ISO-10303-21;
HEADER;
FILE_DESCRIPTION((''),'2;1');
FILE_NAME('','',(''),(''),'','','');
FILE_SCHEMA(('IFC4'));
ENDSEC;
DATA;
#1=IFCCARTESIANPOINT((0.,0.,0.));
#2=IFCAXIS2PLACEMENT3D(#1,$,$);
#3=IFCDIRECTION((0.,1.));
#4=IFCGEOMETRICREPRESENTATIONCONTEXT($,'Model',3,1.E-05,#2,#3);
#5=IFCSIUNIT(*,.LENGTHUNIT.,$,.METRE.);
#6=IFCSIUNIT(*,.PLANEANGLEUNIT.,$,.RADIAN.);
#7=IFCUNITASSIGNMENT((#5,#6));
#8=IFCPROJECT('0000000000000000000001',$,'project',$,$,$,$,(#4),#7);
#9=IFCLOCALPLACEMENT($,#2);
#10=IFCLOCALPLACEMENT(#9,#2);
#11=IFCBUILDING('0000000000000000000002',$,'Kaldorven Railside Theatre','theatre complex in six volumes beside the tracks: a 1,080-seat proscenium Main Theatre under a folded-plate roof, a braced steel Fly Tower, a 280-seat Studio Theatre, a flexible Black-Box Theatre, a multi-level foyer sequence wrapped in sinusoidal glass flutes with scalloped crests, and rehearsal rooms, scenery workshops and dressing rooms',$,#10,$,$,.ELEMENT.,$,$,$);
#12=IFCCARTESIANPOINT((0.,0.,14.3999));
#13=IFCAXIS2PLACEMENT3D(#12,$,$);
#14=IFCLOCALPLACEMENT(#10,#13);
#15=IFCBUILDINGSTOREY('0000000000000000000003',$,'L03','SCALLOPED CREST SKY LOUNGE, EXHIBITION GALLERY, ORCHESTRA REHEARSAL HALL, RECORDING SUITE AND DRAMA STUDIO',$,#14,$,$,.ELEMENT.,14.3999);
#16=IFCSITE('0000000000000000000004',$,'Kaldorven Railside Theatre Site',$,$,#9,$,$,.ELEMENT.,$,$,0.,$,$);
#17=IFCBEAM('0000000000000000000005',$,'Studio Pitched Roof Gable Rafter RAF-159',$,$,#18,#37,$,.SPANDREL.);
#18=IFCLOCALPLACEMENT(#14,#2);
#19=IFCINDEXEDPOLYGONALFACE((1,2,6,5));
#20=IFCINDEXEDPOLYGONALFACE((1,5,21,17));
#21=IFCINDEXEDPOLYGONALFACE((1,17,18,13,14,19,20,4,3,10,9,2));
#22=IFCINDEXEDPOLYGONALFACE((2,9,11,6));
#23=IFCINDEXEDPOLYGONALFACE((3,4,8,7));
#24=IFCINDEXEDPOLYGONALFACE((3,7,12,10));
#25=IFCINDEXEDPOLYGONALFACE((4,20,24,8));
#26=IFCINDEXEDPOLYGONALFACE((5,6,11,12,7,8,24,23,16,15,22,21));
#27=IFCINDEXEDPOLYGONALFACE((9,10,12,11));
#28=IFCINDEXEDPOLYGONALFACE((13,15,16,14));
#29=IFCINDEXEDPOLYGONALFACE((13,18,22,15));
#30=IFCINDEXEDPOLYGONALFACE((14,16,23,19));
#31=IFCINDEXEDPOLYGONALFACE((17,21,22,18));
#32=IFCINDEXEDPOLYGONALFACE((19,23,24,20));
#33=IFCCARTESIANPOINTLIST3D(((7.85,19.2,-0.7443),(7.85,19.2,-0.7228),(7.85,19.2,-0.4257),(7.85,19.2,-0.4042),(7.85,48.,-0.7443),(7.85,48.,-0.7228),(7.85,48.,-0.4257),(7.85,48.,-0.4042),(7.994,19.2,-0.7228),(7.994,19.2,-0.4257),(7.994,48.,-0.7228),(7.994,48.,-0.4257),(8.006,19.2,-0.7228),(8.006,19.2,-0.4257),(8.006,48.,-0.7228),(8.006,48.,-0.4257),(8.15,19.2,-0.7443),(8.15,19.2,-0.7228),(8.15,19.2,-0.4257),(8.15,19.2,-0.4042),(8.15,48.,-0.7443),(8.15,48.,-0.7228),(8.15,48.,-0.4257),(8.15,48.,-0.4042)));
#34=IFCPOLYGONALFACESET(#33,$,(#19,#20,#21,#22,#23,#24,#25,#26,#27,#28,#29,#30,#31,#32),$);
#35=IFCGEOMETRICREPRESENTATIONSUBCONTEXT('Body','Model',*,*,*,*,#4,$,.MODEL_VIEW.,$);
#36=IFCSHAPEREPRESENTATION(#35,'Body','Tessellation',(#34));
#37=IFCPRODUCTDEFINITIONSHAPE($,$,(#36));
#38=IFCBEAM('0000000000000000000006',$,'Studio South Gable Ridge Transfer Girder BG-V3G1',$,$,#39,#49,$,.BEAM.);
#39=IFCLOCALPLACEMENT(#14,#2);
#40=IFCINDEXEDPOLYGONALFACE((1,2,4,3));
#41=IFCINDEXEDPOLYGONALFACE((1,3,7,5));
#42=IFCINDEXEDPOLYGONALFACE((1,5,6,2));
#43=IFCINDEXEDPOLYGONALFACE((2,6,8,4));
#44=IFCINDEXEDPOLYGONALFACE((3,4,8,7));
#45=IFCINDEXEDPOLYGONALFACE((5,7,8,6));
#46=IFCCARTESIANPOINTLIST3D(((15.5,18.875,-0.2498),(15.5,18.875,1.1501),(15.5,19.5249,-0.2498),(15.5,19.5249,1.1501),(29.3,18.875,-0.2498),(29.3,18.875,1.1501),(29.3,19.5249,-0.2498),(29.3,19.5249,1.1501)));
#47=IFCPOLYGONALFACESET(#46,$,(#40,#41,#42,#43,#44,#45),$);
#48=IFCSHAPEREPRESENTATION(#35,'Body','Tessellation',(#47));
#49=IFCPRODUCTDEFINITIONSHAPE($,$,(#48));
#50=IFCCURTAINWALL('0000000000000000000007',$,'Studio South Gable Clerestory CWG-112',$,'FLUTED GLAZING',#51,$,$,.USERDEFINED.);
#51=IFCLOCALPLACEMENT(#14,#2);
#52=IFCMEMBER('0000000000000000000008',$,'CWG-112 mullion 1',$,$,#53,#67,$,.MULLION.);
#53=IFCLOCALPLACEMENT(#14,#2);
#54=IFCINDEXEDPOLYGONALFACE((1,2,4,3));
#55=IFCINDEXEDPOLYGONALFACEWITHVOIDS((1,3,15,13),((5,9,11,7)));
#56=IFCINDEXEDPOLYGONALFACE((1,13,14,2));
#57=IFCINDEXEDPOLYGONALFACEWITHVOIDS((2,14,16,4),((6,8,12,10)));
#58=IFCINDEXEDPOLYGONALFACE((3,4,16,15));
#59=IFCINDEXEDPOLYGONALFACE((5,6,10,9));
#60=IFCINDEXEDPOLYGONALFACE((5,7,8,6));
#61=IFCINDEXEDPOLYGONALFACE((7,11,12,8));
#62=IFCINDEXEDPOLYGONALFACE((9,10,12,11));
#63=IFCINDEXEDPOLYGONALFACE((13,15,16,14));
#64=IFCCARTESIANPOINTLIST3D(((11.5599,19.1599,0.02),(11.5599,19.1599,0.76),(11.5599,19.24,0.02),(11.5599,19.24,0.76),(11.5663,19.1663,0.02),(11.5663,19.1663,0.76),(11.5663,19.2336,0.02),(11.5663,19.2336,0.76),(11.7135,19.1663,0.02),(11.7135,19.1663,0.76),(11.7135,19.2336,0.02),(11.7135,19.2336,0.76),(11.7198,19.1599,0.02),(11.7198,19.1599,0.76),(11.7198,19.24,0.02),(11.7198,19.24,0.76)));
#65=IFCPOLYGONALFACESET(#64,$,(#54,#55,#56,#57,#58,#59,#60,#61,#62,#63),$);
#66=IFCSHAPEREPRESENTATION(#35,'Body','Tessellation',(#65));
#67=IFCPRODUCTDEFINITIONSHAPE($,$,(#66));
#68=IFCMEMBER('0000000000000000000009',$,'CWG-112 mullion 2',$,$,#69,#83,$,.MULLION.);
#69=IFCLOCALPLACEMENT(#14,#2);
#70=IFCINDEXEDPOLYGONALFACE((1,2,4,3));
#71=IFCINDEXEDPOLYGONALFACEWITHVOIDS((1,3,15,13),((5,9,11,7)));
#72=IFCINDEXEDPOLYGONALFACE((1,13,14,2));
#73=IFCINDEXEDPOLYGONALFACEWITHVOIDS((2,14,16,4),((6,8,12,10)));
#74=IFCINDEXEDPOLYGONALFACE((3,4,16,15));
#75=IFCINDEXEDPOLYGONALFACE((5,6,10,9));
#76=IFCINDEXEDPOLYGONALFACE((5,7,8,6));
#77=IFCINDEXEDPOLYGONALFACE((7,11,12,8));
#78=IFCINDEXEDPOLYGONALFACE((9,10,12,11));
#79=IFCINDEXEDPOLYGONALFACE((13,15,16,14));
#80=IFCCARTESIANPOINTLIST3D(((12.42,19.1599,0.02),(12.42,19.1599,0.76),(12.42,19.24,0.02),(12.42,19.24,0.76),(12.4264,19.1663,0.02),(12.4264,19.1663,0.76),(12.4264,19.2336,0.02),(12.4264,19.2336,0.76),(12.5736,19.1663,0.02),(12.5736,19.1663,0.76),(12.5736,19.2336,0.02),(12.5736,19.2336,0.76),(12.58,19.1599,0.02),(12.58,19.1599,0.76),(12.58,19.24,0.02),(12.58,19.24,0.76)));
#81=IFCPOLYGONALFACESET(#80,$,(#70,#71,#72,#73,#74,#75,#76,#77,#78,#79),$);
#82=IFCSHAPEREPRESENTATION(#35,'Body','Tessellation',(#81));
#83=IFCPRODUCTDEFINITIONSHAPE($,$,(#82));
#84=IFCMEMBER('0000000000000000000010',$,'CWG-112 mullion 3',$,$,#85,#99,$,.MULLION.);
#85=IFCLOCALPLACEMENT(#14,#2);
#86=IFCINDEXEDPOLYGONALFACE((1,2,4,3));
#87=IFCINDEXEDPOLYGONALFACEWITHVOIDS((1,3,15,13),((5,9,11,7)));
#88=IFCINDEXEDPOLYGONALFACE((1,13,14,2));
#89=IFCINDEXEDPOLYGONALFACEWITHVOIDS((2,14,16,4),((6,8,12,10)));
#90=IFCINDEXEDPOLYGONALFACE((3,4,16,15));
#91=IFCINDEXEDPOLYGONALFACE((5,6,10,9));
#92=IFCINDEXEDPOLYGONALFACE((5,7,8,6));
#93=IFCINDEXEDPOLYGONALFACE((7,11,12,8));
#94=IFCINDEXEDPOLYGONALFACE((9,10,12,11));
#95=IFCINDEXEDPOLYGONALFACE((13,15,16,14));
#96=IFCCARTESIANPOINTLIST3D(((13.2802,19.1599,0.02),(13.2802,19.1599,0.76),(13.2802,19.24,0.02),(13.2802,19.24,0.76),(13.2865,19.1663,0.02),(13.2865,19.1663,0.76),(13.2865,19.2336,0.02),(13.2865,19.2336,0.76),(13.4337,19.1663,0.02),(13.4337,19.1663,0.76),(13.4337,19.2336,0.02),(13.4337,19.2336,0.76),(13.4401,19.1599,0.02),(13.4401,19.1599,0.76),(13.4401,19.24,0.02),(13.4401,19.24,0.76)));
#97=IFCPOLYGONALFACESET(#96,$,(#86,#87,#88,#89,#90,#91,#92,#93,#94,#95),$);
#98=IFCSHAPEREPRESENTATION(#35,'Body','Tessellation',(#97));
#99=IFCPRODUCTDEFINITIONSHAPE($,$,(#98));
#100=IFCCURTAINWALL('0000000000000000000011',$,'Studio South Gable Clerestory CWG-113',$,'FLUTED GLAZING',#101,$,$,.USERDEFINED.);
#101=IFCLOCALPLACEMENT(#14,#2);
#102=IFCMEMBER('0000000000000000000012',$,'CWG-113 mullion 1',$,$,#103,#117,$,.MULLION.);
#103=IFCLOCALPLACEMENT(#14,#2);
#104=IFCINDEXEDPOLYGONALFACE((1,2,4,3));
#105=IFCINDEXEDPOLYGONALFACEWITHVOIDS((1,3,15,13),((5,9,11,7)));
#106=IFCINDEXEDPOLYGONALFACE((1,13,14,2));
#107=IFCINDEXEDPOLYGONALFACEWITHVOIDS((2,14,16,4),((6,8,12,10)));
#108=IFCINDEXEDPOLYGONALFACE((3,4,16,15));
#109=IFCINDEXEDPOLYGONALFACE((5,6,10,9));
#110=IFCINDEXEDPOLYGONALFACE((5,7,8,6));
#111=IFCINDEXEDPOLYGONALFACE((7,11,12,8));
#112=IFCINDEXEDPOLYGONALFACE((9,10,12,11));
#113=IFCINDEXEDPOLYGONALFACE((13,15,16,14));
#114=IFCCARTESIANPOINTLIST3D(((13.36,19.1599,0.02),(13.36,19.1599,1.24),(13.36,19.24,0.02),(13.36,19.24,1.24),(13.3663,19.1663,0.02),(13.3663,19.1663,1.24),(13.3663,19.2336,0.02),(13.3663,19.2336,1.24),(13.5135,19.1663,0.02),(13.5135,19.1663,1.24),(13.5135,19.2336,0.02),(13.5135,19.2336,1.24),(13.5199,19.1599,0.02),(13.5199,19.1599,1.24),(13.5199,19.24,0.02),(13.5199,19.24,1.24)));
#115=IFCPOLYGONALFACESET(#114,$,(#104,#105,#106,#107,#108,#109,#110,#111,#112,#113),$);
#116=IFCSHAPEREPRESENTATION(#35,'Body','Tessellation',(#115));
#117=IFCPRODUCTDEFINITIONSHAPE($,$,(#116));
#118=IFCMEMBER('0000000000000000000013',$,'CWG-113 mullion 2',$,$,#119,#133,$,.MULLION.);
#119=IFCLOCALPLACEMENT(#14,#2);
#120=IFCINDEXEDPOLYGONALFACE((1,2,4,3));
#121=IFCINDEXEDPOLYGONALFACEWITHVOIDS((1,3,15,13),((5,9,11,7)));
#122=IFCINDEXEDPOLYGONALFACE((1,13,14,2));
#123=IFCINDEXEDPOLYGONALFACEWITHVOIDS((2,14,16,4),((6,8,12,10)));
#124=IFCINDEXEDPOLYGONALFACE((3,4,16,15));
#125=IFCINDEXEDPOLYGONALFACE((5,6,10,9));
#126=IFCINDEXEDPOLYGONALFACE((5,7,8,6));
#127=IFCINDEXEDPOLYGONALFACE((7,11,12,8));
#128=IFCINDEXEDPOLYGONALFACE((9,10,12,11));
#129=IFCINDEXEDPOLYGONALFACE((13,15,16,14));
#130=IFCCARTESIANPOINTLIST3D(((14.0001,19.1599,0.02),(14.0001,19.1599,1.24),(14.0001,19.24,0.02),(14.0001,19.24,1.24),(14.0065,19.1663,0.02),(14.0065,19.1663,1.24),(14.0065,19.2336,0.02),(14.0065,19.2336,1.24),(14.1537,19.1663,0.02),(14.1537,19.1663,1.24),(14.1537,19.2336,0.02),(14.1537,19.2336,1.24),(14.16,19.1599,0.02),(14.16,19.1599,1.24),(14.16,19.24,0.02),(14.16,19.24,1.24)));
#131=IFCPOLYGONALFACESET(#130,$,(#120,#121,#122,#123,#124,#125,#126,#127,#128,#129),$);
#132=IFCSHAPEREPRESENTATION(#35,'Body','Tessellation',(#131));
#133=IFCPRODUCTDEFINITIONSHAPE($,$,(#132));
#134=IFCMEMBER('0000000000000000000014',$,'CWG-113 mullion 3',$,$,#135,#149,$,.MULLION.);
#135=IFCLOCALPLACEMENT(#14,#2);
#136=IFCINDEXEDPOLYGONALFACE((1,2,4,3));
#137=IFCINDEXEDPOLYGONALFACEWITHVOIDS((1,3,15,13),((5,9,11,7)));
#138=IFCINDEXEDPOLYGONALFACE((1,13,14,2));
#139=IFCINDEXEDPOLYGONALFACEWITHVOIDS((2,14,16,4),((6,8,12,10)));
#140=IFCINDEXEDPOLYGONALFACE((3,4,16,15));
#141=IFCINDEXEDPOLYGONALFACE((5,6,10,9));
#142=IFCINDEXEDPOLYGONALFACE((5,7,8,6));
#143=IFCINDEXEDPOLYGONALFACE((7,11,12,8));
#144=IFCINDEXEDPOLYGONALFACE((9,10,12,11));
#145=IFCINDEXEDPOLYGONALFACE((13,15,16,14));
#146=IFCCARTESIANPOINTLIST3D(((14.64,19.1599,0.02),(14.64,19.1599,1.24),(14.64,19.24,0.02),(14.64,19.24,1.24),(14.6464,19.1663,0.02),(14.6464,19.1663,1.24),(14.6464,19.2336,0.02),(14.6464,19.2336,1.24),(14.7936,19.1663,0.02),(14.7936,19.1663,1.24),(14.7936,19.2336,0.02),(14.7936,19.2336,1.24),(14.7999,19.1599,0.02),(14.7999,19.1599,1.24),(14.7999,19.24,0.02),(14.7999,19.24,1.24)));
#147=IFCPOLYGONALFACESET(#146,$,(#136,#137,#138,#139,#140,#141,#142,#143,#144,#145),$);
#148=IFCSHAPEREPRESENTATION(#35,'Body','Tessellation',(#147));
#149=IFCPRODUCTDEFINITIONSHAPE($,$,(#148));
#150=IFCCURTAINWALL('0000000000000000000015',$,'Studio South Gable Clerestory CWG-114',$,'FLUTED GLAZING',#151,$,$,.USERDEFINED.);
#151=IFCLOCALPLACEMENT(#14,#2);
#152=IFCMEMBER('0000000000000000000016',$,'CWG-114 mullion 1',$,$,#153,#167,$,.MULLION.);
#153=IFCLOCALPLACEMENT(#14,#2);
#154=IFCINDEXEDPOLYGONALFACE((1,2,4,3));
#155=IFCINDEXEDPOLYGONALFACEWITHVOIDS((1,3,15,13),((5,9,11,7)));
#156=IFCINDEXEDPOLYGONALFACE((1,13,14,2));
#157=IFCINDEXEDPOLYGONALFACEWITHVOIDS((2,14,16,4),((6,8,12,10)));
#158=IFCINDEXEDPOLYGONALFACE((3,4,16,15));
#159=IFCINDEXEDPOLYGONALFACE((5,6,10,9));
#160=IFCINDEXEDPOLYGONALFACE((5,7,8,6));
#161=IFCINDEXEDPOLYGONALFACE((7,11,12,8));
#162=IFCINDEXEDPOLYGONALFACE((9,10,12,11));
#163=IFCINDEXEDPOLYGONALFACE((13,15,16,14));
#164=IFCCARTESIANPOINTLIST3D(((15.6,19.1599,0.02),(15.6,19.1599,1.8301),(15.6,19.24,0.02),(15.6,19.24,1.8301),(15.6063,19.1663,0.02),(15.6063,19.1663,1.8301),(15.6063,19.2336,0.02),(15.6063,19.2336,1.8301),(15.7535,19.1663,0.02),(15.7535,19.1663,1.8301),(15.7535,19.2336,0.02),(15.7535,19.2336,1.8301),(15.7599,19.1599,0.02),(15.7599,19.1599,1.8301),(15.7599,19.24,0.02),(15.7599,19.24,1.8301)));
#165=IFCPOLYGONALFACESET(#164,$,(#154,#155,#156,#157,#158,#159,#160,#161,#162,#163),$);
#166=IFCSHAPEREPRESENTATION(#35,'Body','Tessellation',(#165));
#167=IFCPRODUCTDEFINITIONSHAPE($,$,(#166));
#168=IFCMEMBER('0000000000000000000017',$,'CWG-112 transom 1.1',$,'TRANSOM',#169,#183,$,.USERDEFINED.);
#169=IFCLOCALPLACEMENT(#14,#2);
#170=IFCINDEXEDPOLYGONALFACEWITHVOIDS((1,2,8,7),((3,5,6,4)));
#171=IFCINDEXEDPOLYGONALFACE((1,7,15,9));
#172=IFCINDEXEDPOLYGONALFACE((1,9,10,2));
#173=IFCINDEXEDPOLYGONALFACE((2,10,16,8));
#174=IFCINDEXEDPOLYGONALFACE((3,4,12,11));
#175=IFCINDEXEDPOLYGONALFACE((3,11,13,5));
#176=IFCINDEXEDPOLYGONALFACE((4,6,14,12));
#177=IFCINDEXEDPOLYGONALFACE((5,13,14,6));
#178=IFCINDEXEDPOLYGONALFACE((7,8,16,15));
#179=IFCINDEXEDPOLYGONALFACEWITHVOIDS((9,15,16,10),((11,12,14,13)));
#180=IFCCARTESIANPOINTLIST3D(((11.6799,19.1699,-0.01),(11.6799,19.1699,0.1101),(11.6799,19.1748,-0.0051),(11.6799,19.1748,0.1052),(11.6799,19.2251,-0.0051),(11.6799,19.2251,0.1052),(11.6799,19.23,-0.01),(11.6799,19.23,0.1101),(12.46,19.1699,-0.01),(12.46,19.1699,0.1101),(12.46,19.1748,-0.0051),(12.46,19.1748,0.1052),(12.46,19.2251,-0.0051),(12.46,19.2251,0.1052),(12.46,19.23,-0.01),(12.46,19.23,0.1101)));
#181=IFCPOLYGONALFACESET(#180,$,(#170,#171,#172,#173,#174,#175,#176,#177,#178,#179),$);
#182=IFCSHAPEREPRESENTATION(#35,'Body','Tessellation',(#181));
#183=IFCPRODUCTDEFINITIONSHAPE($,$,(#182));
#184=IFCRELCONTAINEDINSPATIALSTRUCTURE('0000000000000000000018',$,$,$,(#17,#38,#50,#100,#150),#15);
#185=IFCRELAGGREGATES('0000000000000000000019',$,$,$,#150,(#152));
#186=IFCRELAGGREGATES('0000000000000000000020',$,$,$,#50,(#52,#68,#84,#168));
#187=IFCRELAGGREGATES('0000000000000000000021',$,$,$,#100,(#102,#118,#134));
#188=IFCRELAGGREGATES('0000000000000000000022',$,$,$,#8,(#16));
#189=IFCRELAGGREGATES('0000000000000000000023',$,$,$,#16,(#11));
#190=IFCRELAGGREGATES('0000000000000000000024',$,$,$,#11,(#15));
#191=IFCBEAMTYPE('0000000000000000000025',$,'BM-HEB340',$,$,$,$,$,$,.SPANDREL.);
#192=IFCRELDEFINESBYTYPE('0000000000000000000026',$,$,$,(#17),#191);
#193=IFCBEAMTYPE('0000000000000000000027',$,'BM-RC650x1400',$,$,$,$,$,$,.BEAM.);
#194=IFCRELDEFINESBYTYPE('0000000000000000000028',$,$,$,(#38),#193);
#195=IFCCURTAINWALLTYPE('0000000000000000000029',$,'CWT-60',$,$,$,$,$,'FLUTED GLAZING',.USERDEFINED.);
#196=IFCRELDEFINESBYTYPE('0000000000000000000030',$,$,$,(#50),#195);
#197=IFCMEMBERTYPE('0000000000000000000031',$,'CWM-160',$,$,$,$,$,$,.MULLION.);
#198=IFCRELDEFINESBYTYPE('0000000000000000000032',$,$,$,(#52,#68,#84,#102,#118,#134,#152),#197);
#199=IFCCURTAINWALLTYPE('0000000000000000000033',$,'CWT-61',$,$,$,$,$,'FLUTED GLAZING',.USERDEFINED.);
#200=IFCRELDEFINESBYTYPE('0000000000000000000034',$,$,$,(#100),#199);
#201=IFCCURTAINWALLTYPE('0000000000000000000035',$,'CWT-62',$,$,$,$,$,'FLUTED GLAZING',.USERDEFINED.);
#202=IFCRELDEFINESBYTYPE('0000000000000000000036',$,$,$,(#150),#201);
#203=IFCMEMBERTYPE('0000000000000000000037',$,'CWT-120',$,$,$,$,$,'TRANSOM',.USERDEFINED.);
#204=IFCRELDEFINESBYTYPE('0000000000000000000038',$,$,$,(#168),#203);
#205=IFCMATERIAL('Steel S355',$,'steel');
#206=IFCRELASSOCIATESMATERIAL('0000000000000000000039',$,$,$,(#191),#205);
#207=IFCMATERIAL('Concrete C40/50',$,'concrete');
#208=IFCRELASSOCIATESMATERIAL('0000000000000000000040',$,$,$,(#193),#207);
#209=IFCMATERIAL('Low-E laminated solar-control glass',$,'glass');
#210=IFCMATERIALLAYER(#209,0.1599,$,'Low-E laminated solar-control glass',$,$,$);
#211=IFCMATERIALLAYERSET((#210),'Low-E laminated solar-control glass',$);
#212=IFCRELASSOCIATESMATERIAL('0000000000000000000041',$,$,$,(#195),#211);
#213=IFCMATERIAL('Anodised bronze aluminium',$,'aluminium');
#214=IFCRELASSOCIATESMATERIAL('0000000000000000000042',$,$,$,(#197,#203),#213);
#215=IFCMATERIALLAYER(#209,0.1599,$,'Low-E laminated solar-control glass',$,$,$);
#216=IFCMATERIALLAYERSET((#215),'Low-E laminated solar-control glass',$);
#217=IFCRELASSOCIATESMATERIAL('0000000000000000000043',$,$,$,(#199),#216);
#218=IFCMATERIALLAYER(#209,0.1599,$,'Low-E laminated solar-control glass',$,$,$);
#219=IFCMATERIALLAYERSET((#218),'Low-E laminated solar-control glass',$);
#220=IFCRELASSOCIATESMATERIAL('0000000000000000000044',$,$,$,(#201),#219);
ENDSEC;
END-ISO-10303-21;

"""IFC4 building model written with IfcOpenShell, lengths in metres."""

from ifc_helpers import new_model, si_unit, direction, frame, origin, origin_2d, place, context, subcontext, project, spatial, rectangle, hollow_rectangle, i_section, extrude, material, layer, layer_set, material_profile, profile_set, type_object, element, aggregate, save


model = new_model("IFC4")

# Units and contexts
model_context = context("Model", 3, precision=1e-05, world=origin(), true_north=direction((0.0, 1.0)))
body_context = subcontext(model_context, "Body", "Model", "MODEL_VIEW")
ifc_project = project(units=[si_unit("LENGTHUNIT", "METRE"), si_unit("PLANEANGLEUNIT", "RADIAN")], contexts=[model_context])

# Site, building, storey
site_placement = place(None, origin())
site = spatial("IfcSite", under=ifc_project, at=site_placement, Name="Kaldorven Railside Theatre Site", CompositionType="ELEMENT", RefElevation=0.0)
building_placement = place(site_placement, origin())
building = spatial("IfcBuilding", under=site, at=building_placement, Name="Kaldorven Railside Theatre", Description="theatre complex in six volumes beside the tracks: a 1,080-seat proscenium Main Theatre under a folded-plate roof, a braced steel Fly Tower, a 280-seat Studio Theatre, a flexible Black-Box Theatre, a multi-level foyer sequence wrapped in sinusoidal glass flutes with scalloped crests, and rehearsal rooms, scenery workshops and dressing rooms", CompositionType="ELEMENT")
storey_placement = place(building_placement, frame((0.0, 0.0, 14.3999)))
storey = spatial("IfcBuildingStorey", under=building, at=storey_placement, Name="L03", Description="SCALLOPED CREST SKY LOUNGE, EXHIBITION GALLERY, ORCHESTRA REHEARSAL HALL, RECORDING SUITE AND DRAMA STUDIO", CompositionType="ELEMENT", Elevation=14.3999)

# Beams
ifc_material_1 = material(Name="Steel S355", Category="steel")
ifc_material_profile_1 = material_profile(ifc_material_1, i_section(OverallWidth=0.3, OverallDepth=0.3401, WebThickness=0.012, FlangeThickness=0.0215, at=origin_2d()), Name="HEB 340")
ifc_profile_set_1 = profile_set([ifc_material_profile_1], Name="Steel S355")
beam_type_1 = type_object("IfcBeamType", Name="BM-HEB340", PredefinedType="SPANDREL", material=ifc_profile_set_1)
beam_1_placement = place(storey_placement, frame((8.0, 19.2, -0.5742), z_axis=(0.0, 1.0, 0.0), x_axis=(-1.0, 0.0, 0.0)))
element("IfcBeam", 1, at=beam_1_placement, inside=storey, type_object=beam_type_1, Name="Studio Pitched Roof Gable Rafter RAF-159", PredefinedType="SPANDREL", context=body_context, shape_type="SweptSolid", body=[
    extrude(i_section(OverallWidth=0.3, OverallDepth=0.3401, WebThickness=0.012, FlangeThickness=0.0215, at=origin_2d()), origin(), (0.0, 0.0, 1.0), 28.8),
])
ifc_material_2 = material(Name="Concrete C40/50", Category="concrete")
ifc_material_profile_2 = material_profile(ifc_material_2, rectangle(XDim=0.6499, YDim=1.3999, at=origin_2d()), Name="RC 650x1400")
ifc_profile_set_2 = profile_set([ifc_material_profile_2], Name="Concrete C40/50")
beam_type_2 = type_object("IfcBeamType", Name="BM-RC650x1400", PredefinedType="BEAM", material=ifc_profile_set_2)
beam_2_placement = place(storey_placement, frame((15.5, 19.2, 0.4502), z_axis=(1.0, 0.0, 0.0), x_axis=(0.0, 1.0, 0.0)))
element("IfcBeam", 2, at=beam_2_placement, inside=storey, type_object=beam_type_2, Name="Studio South Gable Ridge Transfer Girder BG-V3G1", PredefinedType="BEAM", context=body_context, shape_type="SweptSolid", body=[
    extrude(rectangle(XDim=0.6499, YDim=1.3999, at=origin_2d()), origin(), (0.0, 0.0, 1.0), 13.8),
])

# Curtain walls, members
ifc_material_3 = material(Name="Low-E laminated solar-control glass", Category="glass")
ifc_layer_1 = layer(ifc_material_3, 0.1599, Name="Low-E laminated solar-control glass")
ifc_layer_set_1 = layer_set([ifc_layer_1], Name="Low-E laminated solar-control glass")
curtain_wall_type_1 = type_object("IfcCurtainWallType", Name="CWT-60", ElementType="FLUTED GLAZING", PredefinedType="USERDEFINED", material=ifc_layer_set_1)
curtain_wall_1_placement = place(storey_placement, origin())
curtain_wall_1 = element("IfcCurtainWall", 3, at=curtain_wall_1_placement, inside=storey, type_object=curtain_wall_type_1, Name="Studio South Gable Clerestory CWG-112", ObjectType="FLUTED GLAZING", PredefinedType="USERDEFINED")
ifc_material_4 = material(Name="Anodised bronze aluminium", Category="aluminium")
ifc_material_profile_3 = material_profile(ifc_material_4, hollow_rectangle(XDim=0.0801, YDim=0.1599, WallThickness=0.0063, at=origin_2d()), Name="RHS 160x80x6.3")
ifc_profile_set_3 = profile_set([ifc_material_profile_3], Name="Anodised bronze aluminium")
member_type_1 = type_object("IfcMemberType", Name="CWM-160", PredefinedType="MULLION", material=ifc_profile_set_3)
member_1_placement = place(storey_placement, frame((11.6399, 19.2, 0.02), z_axis=(0.0, 0.0, 1.0), x_axis=(0.0, 1.0, 0.0)))
member_1 = element("IfcMember", 4, at=member_1_placement, type_object=member_type_1, Name="CWG-112 mullion 1", PredefinedType="MULLION", context=body_context, shape_type="SweptSolid", body=[
    extrude(hollow_rectangle(XDim=0.0801, YDim=0.1599, WallThickness=0.0063, at=origin_2d()), origin(), (0.0, 0.0, 1.0), 0.74),
])
member_2_placement = place(storey_placement, frame((12.5, 19.2, 0.02), z_axis=(0.0, 0.0, 1.0), x_axis=(0.0, 1.0, 0.0)))
member_2 = element("IfcMember", 5, at=member_2_placement, type_object=member_type_1, Name="CWG-112 mullion 2", PredefinedType="MULLION", context=body_context, shape_type="SweptSolid", body=[
    extrude(hollow_rectangle(XDim=0.0801, YDim=0.1599, WallThickness=0.0063, at=origin_2d()), origin(), (0.0, 0.0, 1.0), 0.74),
])
member_3_placement = place(storey_placement, frame((13.3601, 19.2, 0.02), z_axis=(0.0, 0.0, 1.0), x_axis=(0.0, 1.0, 0.0)))
member_3 = element("IfcMember", 6, at=member_3_placement, type_object=member_type_1, Name="CWG-112 mullion 3", PredefinedType="MULLION", context=body_context, shape_type="SweptSolid", body=[
    extrude(hollow_rectangle(XDim=0.0801, YDim=0.1599, WallThickness=0.0063, at=origin_2d()), origin(), (0.0, 0.0, 1.0), 0.74),
])
ifc_layer_2 = layer(ifc_material_3, 0.1599, Name="Low-E laminated solar-control glass")
ifc_layer_set_2 = layer_set([ifc_layer_2], Name="Low-E laminated solar-control glass")
curtain_wall_type_2 = type_object("IfcCurtainWallType", Name="CWT-61", ElementType="FLUTED GLAZING", PredefinedType="USERDEFINED", material=ifc_layer_set_2)
curtain_wall_2_placement = place(storey_placement, origin())
curtain_wall_2 = element("IfcCurtainWall", 7, at=curtain_wall_2_placement, inside=storey, type_object=curtain_wall_type_2, Name="Studio South Gable Clerestory CWG-113", ObjectType="FLUTED GLAZING", PredefinedType="USERDEFINED")
member_4_placement = place(storey_placement, frame((13.4399, 19.2, 0.02), z_axis=(0.0, 0.0, 1.0), x_axis=(0.0, 1.0, 0.0)))
member_4 = element("IfcMember", 8, at=member_4_placement, type_object=member_type_1, Name="CWG-113 mullion 1", PredefinedType="MULLION", context=body_context, shape_type="SweptSolid", body=[
    extrude(hollow_rectangle(XDim=0.0801, YDim=0.1599, WallThickness=0.0063, at=origin_2d()), origin(), (0.0, 0.0, 1.0), 1.22),
])
member_5_placement = place(storey_placement, frame((14.0801, 19.2, 0.02), z_axis=(0.0, 0.0, 1.0), x_axis=(0.0, 1.0, 0.0)))
member_5 = element("IfcMember", 9, at=member_5_placement, type_object=member_type_1, Name="CWG-113 mullion 2", PredefinedType="MULLION", context=body_context, shape_type="SweptSolid", body=[
    extrude(hollow_rectangle(XDim=0.0801, YDim=0.1599, WallThickness=0.0063, at=origin_2d()), origin(), (0.0, 0.0, 1.0), 1.22),
])
member_6_placement = place(storey_placement, frame((14.72, 19.2, 0.02), z_axis=(0.0, 0.0, 1.0), x_axis=(0.0, 1.0, 0.0)))
member_6 = element("IfcMember", 10, at=member_6_placement, type_object=member_type_1, Name="CWG-113 mullion 3", PredefinedType="MULLION", context=body_context, shape_type="SweptSolid", body=[
    extrude(hollow_rectangle(XDim=0.0801, YDim=0.1599, WallThickness=0.0063, at=origin_2d()), origin(), (0.0, 0.0, 1.0), 1.22),
])

# Curtain wall, member
ifc_layer_3 = layer(ifc_material_3, 0.1599, Name="Low-E laminated solar-control glass")
ifc_layer_set_3 = layer_set([ifc_layer_3], Name="Low-E laminated solar-control glass")
curtain_wall_type_3 = type_object("IfcCurtainWallType", Name="CWT-62", ElementType="FLUTED GLAZING", PredefinedType="USERDEFINED", material=ifc_layer_set_3)
curtain_wall_3_placement = place(storey_placement, origin())
curtain_wall_3 = element("IfcCurtainWall", 11, at=curtain_wall_3_placement, inside=storey, type_object=curtain_wall_type_3, Name="Studio South Gable Clerestory CWG-114", ObjectType="FLUTED GLAZING", PredefinedType="USERDEFINED")
member_7_placement = place(storey_placement, frame((15.6799, 19.2, 0.02), z_axis=(0.0, 0.0, 1.0), x_axis=(0.0, 1.0, 0.0)))
member_7 = element("IfcMember", 12, at=member_7_placement, type_object=member_type_1, Name="CWG-114 mullion 1", PredefinedType="MULLION", context=body_context, shape_type="SweptSolid", body=[
    extrude(hollow_rectangle(XDim=0.0801, YDim=0.1599, WallThickness=0.0063, at=origin_2d()), origin(), (0.0, 0.0, 1.0), 1.8101),
])

# Member
ifc_material_profile_4 = material_profile(ifc_material_4, hollow_rectangle(XDim=0.0601, YDim=0.1201, WallThickness=0.0049, at=origin_2d()), Name="RHS 120x60x5")
ifc_profile_set_4 = profile_set([ifc_material_profile_4], Name="Anodised bronze aluminium")
member_type_2 = type_object("IfcMemberType", Name="CWT-120", ElementType="TRANSOM", PredefinedType="USERDEFINED", material=ifc_profile_set_4)
member_8_placement = place(storey_placement, frame((11.6799, 19.2, 0.05), z_axis=(1.0, 0.0, 0.0), x_axis=(0.0, 1.0, 0.0)))
member_8 = element("IfcMember", 13, at=member_8_placement, type_object=member_type_2, Name="CWG-112 transom 1.1", ObjectType="TRANSOM", PredefinedType="USERDEFINED", context=body_context, shape_type="SweptSolid", body=[
    extrude(hollow_rectangle(XDim=0.0601, YDim=0.1201, WallThickness=0.0049, at=origin_2d()), origin(), (0.0, 0.0, 1.0), 0.78),
])
aggregate(curtain_wall_3, [member_7])

aggregate(curtain_wall_1, [member_1, member_2, member_3, member_8])
aggregate(curtain_wall_2, [member_4, member_5, member_6])

save(model, "model.ifc")
